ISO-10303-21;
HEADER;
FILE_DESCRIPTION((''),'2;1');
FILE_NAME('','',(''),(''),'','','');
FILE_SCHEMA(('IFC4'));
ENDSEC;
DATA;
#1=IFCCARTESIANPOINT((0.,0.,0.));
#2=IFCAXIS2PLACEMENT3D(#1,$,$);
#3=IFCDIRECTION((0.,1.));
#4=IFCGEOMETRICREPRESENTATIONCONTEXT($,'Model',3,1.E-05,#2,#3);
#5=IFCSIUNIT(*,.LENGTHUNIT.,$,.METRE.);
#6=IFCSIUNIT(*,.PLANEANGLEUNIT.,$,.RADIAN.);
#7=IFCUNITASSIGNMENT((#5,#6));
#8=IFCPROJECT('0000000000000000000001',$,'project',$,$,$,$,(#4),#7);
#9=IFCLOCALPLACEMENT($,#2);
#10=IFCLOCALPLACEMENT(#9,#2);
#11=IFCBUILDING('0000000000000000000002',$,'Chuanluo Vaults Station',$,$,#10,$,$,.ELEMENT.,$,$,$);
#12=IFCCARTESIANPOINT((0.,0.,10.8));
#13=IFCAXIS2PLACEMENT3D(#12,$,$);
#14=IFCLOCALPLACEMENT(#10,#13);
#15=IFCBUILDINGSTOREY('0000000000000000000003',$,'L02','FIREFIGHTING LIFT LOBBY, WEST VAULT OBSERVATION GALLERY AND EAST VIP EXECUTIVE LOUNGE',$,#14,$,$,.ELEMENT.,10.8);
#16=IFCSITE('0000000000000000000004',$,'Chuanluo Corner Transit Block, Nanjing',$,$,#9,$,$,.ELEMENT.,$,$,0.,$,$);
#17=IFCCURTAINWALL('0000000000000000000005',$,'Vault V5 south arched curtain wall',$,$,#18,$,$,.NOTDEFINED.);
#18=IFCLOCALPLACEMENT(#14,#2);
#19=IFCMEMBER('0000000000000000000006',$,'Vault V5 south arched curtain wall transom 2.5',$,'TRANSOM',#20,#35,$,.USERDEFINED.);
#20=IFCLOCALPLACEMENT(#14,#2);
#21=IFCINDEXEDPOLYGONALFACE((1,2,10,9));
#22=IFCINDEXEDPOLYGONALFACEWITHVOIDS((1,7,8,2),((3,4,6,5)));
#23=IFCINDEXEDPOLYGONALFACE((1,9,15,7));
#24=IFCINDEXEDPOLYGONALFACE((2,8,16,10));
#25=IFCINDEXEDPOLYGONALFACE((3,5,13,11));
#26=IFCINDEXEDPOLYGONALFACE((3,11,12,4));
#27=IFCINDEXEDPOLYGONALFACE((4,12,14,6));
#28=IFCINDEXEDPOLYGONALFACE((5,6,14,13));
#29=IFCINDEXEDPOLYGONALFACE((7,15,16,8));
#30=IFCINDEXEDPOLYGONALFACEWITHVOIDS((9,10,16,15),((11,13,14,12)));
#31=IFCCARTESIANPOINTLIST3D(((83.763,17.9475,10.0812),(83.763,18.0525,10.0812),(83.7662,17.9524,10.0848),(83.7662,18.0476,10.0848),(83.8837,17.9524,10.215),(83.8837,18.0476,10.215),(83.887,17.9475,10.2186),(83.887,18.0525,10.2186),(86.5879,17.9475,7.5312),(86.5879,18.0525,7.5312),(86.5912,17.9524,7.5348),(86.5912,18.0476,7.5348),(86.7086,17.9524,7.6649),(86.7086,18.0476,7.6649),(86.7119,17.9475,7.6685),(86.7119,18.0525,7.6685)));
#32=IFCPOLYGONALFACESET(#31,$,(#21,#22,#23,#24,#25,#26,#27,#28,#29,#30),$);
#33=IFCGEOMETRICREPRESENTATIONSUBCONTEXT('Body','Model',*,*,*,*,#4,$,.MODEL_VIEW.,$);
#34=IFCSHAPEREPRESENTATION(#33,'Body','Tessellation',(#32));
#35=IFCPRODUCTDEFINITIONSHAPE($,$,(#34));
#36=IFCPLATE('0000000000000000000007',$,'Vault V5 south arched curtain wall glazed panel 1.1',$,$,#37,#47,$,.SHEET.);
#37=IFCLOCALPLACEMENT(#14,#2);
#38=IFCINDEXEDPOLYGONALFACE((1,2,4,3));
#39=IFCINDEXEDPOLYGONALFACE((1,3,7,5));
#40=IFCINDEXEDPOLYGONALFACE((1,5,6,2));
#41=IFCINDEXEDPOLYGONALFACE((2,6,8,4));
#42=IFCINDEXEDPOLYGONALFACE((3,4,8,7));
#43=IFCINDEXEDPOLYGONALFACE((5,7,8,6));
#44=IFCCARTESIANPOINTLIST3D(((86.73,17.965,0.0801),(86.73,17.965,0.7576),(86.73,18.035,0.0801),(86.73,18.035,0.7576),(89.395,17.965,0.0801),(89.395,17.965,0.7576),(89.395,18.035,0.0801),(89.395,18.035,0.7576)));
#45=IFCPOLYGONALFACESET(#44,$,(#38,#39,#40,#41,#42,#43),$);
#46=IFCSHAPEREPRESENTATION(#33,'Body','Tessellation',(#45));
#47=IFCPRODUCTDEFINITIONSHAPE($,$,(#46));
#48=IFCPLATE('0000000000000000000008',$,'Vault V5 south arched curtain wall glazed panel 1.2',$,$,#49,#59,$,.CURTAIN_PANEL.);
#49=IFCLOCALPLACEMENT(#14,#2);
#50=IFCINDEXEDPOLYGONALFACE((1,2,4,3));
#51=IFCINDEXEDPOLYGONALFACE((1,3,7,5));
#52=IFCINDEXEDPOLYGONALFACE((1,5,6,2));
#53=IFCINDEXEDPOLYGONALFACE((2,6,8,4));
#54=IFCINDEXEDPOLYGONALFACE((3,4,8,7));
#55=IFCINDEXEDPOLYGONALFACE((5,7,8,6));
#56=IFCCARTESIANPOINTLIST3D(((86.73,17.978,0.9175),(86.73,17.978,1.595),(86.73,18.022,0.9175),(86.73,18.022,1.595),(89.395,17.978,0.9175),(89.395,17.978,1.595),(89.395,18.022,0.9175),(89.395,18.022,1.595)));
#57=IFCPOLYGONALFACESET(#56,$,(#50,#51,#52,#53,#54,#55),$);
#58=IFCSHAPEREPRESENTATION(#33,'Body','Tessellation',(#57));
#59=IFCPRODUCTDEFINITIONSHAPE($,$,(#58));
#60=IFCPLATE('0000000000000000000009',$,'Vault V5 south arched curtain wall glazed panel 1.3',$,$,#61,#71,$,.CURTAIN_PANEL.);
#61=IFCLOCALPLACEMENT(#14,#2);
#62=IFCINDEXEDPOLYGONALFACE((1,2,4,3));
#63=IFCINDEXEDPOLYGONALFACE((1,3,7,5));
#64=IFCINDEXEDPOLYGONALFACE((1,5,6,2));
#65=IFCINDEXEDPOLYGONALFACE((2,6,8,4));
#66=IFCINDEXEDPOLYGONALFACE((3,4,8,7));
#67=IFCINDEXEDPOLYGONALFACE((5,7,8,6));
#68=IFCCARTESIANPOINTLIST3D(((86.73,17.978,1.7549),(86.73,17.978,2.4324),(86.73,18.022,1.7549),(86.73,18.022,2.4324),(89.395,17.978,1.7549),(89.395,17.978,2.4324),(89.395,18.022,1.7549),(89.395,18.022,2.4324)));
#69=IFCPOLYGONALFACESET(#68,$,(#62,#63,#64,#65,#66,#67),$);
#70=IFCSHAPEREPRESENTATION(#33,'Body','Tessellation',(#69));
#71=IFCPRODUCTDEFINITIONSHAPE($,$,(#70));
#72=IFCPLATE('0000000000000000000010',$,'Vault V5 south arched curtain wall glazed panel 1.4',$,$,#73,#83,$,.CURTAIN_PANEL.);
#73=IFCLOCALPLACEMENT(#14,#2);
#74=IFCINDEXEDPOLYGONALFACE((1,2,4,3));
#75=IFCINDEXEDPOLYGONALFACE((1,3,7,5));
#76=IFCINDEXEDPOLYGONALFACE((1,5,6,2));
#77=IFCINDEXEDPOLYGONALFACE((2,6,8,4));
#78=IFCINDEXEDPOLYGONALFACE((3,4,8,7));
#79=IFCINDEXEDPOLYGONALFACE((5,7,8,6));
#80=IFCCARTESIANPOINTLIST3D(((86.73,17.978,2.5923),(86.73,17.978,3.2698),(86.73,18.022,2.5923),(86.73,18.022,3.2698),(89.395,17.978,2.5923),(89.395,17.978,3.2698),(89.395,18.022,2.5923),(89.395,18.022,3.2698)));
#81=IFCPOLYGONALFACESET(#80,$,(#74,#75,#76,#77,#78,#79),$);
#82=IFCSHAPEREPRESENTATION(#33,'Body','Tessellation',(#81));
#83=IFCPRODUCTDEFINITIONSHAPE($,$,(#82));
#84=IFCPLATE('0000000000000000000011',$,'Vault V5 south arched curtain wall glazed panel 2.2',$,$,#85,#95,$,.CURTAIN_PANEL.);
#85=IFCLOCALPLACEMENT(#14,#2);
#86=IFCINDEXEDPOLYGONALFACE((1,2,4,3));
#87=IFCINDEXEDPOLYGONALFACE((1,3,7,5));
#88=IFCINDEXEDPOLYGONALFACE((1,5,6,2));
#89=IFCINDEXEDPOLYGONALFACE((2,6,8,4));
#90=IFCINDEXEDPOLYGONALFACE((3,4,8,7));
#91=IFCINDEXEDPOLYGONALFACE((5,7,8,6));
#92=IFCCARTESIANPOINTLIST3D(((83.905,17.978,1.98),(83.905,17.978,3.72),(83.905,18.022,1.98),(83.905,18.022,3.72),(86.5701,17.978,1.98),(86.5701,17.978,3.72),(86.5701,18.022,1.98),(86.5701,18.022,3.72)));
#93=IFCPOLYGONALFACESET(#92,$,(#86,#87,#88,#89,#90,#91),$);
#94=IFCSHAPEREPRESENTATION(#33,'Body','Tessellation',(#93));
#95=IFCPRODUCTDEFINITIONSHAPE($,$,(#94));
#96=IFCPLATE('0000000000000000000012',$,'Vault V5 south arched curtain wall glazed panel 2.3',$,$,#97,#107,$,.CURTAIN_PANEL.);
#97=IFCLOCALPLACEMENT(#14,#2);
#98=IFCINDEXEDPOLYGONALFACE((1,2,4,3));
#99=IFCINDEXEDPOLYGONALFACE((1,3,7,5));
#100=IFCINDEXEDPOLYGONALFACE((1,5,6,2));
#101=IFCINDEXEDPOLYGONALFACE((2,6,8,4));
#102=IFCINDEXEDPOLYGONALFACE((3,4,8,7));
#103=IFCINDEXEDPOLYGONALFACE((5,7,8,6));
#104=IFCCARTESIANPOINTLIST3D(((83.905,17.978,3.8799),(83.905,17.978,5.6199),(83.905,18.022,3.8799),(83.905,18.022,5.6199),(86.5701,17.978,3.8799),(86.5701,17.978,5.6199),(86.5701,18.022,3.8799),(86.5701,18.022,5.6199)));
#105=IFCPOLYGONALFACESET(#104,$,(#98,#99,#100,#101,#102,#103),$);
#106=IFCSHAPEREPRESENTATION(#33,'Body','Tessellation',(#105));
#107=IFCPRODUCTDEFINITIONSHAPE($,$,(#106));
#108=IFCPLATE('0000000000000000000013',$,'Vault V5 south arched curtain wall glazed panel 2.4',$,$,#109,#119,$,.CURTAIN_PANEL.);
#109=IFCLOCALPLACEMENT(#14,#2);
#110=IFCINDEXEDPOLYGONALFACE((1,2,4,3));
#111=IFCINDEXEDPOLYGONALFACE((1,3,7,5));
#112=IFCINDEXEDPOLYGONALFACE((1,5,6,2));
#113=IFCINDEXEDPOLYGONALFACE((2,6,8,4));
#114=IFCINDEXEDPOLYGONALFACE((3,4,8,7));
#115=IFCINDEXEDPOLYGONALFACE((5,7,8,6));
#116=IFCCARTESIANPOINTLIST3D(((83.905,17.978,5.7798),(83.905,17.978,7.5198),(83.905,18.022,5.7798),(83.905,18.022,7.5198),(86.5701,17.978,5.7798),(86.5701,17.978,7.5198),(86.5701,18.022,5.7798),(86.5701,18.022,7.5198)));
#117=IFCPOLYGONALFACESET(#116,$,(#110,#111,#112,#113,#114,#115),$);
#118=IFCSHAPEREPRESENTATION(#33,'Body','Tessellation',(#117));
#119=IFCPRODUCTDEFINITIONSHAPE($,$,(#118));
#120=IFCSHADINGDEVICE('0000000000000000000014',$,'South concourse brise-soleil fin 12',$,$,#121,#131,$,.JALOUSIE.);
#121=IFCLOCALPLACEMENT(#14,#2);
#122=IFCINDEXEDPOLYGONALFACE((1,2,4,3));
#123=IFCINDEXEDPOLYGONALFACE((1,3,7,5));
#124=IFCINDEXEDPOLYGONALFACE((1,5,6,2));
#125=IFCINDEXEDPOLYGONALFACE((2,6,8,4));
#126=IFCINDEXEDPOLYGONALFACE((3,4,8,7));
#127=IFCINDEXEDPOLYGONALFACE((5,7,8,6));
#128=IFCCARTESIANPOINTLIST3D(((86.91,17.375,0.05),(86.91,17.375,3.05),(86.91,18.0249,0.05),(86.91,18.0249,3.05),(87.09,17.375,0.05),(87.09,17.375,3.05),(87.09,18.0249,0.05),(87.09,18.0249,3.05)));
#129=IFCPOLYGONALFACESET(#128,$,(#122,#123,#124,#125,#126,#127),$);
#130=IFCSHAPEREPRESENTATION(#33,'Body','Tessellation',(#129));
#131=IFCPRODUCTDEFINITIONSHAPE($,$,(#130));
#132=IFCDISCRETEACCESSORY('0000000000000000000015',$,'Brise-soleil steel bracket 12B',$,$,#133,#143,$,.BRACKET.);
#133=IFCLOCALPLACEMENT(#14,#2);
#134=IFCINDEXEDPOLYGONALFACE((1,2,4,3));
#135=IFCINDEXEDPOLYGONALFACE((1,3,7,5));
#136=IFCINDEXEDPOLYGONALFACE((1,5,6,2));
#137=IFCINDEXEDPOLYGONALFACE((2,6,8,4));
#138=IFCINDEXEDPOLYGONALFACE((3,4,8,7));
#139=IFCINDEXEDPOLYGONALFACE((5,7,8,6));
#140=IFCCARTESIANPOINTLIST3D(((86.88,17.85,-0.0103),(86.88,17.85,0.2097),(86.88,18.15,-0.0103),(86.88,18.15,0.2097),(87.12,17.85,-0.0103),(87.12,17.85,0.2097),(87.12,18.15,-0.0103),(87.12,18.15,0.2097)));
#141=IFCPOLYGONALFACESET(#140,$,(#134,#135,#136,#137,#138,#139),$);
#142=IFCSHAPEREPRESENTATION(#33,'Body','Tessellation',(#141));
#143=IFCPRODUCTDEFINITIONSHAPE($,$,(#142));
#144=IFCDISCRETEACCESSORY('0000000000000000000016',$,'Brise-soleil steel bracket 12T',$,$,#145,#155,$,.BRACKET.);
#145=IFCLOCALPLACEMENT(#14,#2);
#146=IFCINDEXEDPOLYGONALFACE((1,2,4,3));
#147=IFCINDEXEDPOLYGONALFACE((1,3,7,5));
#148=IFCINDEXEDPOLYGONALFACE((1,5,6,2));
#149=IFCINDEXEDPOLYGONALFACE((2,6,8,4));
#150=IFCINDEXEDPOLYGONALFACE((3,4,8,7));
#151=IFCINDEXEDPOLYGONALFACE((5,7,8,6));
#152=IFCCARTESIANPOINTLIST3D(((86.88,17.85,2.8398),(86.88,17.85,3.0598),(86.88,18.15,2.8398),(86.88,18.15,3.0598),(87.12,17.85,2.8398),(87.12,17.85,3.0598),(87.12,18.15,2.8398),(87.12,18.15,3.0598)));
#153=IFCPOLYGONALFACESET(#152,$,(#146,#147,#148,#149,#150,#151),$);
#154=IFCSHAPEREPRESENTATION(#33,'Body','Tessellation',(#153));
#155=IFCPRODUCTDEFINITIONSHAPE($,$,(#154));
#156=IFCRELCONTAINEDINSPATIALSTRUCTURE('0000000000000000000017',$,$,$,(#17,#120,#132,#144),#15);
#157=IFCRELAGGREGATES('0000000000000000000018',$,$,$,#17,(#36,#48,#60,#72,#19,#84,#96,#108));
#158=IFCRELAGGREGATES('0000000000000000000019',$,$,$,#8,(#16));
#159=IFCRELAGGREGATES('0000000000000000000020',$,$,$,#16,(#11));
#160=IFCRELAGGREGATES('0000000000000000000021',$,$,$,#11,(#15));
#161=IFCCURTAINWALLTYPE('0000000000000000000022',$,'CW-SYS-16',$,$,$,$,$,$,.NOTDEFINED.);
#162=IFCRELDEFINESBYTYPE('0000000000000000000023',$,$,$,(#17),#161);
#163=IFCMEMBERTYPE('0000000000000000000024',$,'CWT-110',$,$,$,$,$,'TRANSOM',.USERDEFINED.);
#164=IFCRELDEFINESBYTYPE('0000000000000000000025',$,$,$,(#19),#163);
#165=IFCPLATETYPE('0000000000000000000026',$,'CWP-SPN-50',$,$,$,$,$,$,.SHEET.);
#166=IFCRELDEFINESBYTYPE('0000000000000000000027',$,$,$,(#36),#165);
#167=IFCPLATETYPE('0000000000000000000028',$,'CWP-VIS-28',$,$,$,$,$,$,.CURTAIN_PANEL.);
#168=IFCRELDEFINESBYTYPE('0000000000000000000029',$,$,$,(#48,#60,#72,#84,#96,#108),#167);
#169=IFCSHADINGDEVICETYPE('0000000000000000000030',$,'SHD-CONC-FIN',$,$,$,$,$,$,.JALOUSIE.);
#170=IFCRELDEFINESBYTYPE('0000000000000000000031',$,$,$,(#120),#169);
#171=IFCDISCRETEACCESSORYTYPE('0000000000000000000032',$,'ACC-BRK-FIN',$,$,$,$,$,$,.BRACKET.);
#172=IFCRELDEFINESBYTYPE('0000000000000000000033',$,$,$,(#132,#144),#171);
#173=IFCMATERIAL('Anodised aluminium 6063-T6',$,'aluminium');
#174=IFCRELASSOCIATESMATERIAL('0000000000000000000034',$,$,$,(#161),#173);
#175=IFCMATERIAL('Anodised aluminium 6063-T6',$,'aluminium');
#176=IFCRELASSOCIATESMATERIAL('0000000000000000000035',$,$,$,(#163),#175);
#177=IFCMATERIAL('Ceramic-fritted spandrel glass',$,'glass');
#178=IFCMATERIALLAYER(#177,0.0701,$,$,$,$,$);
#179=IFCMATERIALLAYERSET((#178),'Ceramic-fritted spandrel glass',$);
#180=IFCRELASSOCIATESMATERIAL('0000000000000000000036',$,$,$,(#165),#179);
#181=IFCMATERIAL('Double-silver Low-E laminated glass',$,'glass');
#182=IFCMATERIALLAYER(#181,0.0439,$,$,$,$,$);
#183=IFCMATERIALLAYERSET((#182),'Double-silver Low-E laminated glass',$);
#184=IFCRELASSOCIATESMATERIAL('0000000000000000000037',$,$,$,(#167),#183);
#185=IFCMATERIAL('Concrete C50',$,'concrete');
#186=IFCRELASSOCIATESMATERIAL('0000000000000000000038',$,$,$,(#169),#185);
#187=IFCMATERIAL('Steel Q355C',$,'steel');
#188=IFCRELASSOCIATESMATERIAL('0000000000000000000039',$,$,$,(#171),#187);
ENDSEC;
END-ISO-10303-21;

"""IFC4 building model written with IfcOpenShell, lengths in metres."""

from ifc_helpers import new_model, si_unit, direction, frame, origin, origin_2d, place, context, subcontext, project, spatial, rectangle, hollow_rectangle, extrude, material, layer, layer_set, material_profile, profile_set, type_object, element, aggregate, save


model = new_model("IFC4")

# Units and contexts
model_context = context("Model", 3, precision=1e-05, world=origin(), true_north=direction((0.0, 1.0)))
body_context = subcontext(model_context, "Body", "Model", "MODEL_VIEW")
ifc_project = project(units=[si_unit("LENGTHUNIT", "METRE"), si_unit("PLANEANGLEUNIT", "RADIAN")], contexts=[model_context])

# Site, building, storey
site_placement = place(None, origin())
site = spatial("IfcSite", under=ifc_project, at=site_placement, Name="Chuanluo Corner Transit Block, Nanjing", CompositionType="ELEMENT", RefElevation=0.0)
building_placement = place(site_placement, origin())
building = spatial("IfcBuilding", under=site, at=building_placement, Name="Chuanluo Vaults Station", CompositionType="ELEMENT")
storey_placement = place(building_placement, frame((0.0, 0.0, 10.8)))
storey = spatial("IfcBuildingStorey", under=building, at=storey_placement, Name="L02", Description="FIREFIGHTING LIFT LOBBY, WEST VAULT OBSERVATION GALLERY AND EAST VIP EXECUTIVE LOUNGE", CompositionType="ELEMENT", Elevation=10.8)

# Curtain wall, member, plates
ifc_material_1 = material(Name="Anodised aluminium 6063-T6", Category="aluminium")
curtain_wall_type = type_object("IfcCurtainWallType", Name="CW-SYS-16", PredefinedType="NOTDEFINED", material=ifc_material_1)
curtain_wall_placement = place(storey_placement, origin())
curtain_wall = element("IfcCurtainWall", 1, at=curtain_wall_placement, inside=storey, type_object=curtain_wall_type, Name="Vault V5 south arched curtain wall", PredefinedType="NOTDEFINED")
ifc_material_2 = material(Name="Anodised aluminium 6063-T6", Category="aluminium")
ifc_material_profile_1 = material_profile(ifc_material_2, hollow_rectangle(XDim=0.105, YDim=0.1851, WallThickness=0.0049, at=origin_2d()))
ifc_profile_set_1 = profile_set([ifc_material_profile_1], Name="Anodised aluminium 6063-T6")
member_type_1 = type_object("IfcMemberType", Name="CWT-110", ElementType="TRANSOM", PredefinedType="USERDEFINED", material=ifc_profile_set_1)
member_1_placement = place(storey_placement, frame((86.6499, 18.0, 7.5999), z_axis=(-0.742301, 0.0, 0.670066), x_axis=(0.0, -1.0, 0.0)))
member_1 = element("IfcMember", 2, at=member_1_placement, type_object=member_type_1, Name="Vault V5 south arched curtain wall transom 2.5", ObjectType="TRANSOM", PredefinedType="USERDEFINED", context=body_context, shape_type="SweptSolid", body=[
    extrude(hollow_rectangle(XDim=0.105, YDim=0.1851, WallThickness=0.0049, at=origin_2d()), origin(), (0.0, 0.0, 1.0), 3.8057),
])
ifc_material_3 = material(Name="Ceramic-fritted spandrel glass", Category="glass")
ifc_layer_1 = layer(ifc_material_3, 0.0701)
ifc_layer_set_1 = layer_set([ifc_layer_1], Name="Ceramic-fritted spandrel glass")
plate_type_1 = type_object("IfcPlateType", Name="CWP-SPN-50", PredefinedType="SHEET", material=ifc_layer_set_1)
plate_1_placement = place(storey_placement, frame((88.0625, 18.0, 0.0801), z_axis=(0.0, 0.0, 1.0), x_axis=(-1.0, 0.0, 0.0)))
plate_1 = element("IfcPlate", 3, at=plate_1_placement, type_object=plate_type_1, Name="Vault V5 south arched curtain wall glazed panel 1.1", PredefinedType="SHEET", context=body_context, shape_type="SweptSolid", body=[
    extrude(rectangle(XDim=2.665, YDim=0.0701, at=origin_2d()), origin(), (0.0, 0.0, 1.0), 0.6775),
])
ifc_material_4 = material(Name="Double-silver Low-E laminated glass", Category="glass")
ifc_layer_2 = layer(ifc_material_4, 0.0439)
ifc_layer_set_2 = layer_set([ifc_layer_2], Name="Double-silver Low-E laminated glass")
plate_type_2 = type_object("IfcPlateType", Name="CWP-VIS-28", PredefinedType="CURTAIN_PANEL", material=ifc_layer_set_2)
plate_2_placement = place(storey_placement, frame((88.0625, 18.0, 0.9175), z_axis=(0.0, 0.0, 1.0), x_axis=(-1.0, 0.0, 0.0)))
plate_2 = element("IfcPlate", 4, at=plate_2_placement, type_object=plate_type_2, Name="Vault V5 south arched curtain wall glazed panel 1.2", PredefinedType="CURTAIN_PANEL", context=body_context, shape_type="SweptSolid", body=[
    extrude(rectangle(XDim=2.665, YDim=0.0439, at=origin_2d()), origin(), (0.0, 0.0, 1.0), 0.6775),
])
plate_3_placement = place(storey_placement, frame((88.0625, 18.0, 1.7549), z_axis=(0.0, 0.0, 1.0), x_axis=(-1.0, 0.0, 0.0)))
plate_3 = element("IfcPlate", 5, at=plate_3_placement, type_object=plate_type_2, Name="Vault V5 south arched curtain wall glazed panel 1.3", PredefinedType="CURTAIN_PANEL", context=body_context, shape_type="SweptSolid", body=[
    extrude(rectangle(XDim=2.665, YDim=0.0439, at=origin_2d()), origin(), (0.0, 0.0, 1.0), 0.6775),
])
plate_4_placement = place(storey_placement, frame((88.0625, 18.0, 2.5923), z_axis=(0.0, 0.0, 1.0), x_axis=(-1.0, 0.0, 0.0)))
plate_4 = element("IfcPlate", 6, at=plate_4_placement, type_object=plate_type_2, Name="Vault V5 south arched curtain wall glazed panel 1.4", PredefinedType="CURTAIN_PANEL", context=body_context, shape_type="SweptSolid", body=[
    extrude(rectangle(XDim=2.665, YDim=0.0439, at=origin_2d()), origin(), (0.0, 0.0, 1.0), 0.6775),
])
plate_5_placement = place(storey_placement, frame((85.2375, 18.0, 1.98), z_axis=(0.0, 0.0, 1.0), x_axis=(-1.0, 0.0, 0.0)))
plate_5 = element("IfcPlate", 7, at=plate_5_placement, type_object=plate_type_2, Name="Vault V5 south arched curtain wall glazed panel 2.2", PredefinedType="CURTAIN_PANEL", context=body_context, shape_type="SweptSolid", body=[
    extrude(rectangle(XDim=2.665, YDim=0.0439, at=origin_2d()), origin(), (0.0, 0.0, 1.0), 1.74),
])
plate_6_placement = place(storey_placement, frame((85.2375, 18.0, 3.8799), z_axis=(0.0, 0.0, 1.0), x_axis=(-1.0, 0.0, 0.0)))
plate_6 = element("IfcPlate", 8, at=plate_6_placement, type_object=plate_type_2, Name="Vault V5 south arched curtain wall glazed panel 2.3", PredefinedType="CURTAIN_PANEL", context=body_context, shape_type="SweptSolid", body=[
    extrude(rectangle(XDim=2.665, YDim=0.0439, at=origin_2d()), origin(), (0.0, 0.0, 1.0), 1.74),
])
plate_7_placement = place(storey_placement, frame((85.2375, 18.0, 5.7798), z_axis=(0.0, 0.0, 1.0), x_axis=(-1.0, 0.0, 0.0)))
plate_7 = element("IfcPlate", 9, at=plate_7_placement, type_object=plate_type_2, Name="Vault V5 south arched curtain wall glazed panel 2.4", PredefinedType="CURTAIN_PANEL", context=body_context, shape_type="SweptSolid", body=[
    extrude(rectangle(XDim=2.665, YDim=0.0439, at=origin_2d()), origin(), (0.0, 0.0, 1.0), 1.74),
])
aggregate(curtain_wall, [plate_1, plate_2, plate_3, plate_4, member_1, plate_5, plate_6, plate_7])

# Shading device
ifc_material_5 = material(Name="Concrete C50", Category="concrete")
shading_device_type = type_object("IfcShadingDeviceType", Name="SHD-CONC-FIN", PredefinedType="JALOUSIE", material=ifc_material_5)
shading_device_placement = place(storey_placement, frame((87.0, 17.7, 0.05), z_axis=(0.0, 0.0, 1.0), x_axis=(1.0, 0.0, 0.0)))
element("IfcShadingDevice", 10, at=shading_device_placement, inside=storey, type_object=shading_device_type, Name="South concourse brise-soleil fin 12", PredefinedType="JALOUSIE", context=body_context, shape_type="SweptSolid", body=[
    extrude(rectangle(XDim=0.1799, YDim=0.6499, at=origin_2d()), origin(), (0.0, 0.0, 1.0), 3.0),
])

# Discrete accessories
ifc_material_6 = material(Name="Steel Q355C", Category="steel")
discrete_accessory_type = type_object("IfcDiscreteAccessoryType", Name="ACC-BRK-FIN", PredefinedType="BRACKET", material=ifc_material_6)
for number, where, z_axis, x_axis, name in (
    (11, (87.0, 18.0, -0.0103), (0.0, 0.0, 1.0), (1.0, 0.0, 0.0), "Brise-soleil steel bracket 12B"),
    (12, (87.0, 18.0, 2.8398), (0.0, 0.0, 1.0), (1.0, 0.0, 0.0), "Brise-soleil steel bracket 12T"),
):
    element("IfcDiscreteAccessory", number, at=place(storey_placement, frame(where, z_axis=z_axis, x_axis=x_axis)), inside=storey, type_object=discrete_accessory_type, Name=name, PredefinedType="BRACKET", context=body_context, shape_type="SweptSolid", body=[
        extrude(rectangle(XDim=0.24, YDim=0.3, at=origin_2d()), origin(), (0.0, 0.0, 1.0), 0.22),
    ])

save(model, "model.ifc")
